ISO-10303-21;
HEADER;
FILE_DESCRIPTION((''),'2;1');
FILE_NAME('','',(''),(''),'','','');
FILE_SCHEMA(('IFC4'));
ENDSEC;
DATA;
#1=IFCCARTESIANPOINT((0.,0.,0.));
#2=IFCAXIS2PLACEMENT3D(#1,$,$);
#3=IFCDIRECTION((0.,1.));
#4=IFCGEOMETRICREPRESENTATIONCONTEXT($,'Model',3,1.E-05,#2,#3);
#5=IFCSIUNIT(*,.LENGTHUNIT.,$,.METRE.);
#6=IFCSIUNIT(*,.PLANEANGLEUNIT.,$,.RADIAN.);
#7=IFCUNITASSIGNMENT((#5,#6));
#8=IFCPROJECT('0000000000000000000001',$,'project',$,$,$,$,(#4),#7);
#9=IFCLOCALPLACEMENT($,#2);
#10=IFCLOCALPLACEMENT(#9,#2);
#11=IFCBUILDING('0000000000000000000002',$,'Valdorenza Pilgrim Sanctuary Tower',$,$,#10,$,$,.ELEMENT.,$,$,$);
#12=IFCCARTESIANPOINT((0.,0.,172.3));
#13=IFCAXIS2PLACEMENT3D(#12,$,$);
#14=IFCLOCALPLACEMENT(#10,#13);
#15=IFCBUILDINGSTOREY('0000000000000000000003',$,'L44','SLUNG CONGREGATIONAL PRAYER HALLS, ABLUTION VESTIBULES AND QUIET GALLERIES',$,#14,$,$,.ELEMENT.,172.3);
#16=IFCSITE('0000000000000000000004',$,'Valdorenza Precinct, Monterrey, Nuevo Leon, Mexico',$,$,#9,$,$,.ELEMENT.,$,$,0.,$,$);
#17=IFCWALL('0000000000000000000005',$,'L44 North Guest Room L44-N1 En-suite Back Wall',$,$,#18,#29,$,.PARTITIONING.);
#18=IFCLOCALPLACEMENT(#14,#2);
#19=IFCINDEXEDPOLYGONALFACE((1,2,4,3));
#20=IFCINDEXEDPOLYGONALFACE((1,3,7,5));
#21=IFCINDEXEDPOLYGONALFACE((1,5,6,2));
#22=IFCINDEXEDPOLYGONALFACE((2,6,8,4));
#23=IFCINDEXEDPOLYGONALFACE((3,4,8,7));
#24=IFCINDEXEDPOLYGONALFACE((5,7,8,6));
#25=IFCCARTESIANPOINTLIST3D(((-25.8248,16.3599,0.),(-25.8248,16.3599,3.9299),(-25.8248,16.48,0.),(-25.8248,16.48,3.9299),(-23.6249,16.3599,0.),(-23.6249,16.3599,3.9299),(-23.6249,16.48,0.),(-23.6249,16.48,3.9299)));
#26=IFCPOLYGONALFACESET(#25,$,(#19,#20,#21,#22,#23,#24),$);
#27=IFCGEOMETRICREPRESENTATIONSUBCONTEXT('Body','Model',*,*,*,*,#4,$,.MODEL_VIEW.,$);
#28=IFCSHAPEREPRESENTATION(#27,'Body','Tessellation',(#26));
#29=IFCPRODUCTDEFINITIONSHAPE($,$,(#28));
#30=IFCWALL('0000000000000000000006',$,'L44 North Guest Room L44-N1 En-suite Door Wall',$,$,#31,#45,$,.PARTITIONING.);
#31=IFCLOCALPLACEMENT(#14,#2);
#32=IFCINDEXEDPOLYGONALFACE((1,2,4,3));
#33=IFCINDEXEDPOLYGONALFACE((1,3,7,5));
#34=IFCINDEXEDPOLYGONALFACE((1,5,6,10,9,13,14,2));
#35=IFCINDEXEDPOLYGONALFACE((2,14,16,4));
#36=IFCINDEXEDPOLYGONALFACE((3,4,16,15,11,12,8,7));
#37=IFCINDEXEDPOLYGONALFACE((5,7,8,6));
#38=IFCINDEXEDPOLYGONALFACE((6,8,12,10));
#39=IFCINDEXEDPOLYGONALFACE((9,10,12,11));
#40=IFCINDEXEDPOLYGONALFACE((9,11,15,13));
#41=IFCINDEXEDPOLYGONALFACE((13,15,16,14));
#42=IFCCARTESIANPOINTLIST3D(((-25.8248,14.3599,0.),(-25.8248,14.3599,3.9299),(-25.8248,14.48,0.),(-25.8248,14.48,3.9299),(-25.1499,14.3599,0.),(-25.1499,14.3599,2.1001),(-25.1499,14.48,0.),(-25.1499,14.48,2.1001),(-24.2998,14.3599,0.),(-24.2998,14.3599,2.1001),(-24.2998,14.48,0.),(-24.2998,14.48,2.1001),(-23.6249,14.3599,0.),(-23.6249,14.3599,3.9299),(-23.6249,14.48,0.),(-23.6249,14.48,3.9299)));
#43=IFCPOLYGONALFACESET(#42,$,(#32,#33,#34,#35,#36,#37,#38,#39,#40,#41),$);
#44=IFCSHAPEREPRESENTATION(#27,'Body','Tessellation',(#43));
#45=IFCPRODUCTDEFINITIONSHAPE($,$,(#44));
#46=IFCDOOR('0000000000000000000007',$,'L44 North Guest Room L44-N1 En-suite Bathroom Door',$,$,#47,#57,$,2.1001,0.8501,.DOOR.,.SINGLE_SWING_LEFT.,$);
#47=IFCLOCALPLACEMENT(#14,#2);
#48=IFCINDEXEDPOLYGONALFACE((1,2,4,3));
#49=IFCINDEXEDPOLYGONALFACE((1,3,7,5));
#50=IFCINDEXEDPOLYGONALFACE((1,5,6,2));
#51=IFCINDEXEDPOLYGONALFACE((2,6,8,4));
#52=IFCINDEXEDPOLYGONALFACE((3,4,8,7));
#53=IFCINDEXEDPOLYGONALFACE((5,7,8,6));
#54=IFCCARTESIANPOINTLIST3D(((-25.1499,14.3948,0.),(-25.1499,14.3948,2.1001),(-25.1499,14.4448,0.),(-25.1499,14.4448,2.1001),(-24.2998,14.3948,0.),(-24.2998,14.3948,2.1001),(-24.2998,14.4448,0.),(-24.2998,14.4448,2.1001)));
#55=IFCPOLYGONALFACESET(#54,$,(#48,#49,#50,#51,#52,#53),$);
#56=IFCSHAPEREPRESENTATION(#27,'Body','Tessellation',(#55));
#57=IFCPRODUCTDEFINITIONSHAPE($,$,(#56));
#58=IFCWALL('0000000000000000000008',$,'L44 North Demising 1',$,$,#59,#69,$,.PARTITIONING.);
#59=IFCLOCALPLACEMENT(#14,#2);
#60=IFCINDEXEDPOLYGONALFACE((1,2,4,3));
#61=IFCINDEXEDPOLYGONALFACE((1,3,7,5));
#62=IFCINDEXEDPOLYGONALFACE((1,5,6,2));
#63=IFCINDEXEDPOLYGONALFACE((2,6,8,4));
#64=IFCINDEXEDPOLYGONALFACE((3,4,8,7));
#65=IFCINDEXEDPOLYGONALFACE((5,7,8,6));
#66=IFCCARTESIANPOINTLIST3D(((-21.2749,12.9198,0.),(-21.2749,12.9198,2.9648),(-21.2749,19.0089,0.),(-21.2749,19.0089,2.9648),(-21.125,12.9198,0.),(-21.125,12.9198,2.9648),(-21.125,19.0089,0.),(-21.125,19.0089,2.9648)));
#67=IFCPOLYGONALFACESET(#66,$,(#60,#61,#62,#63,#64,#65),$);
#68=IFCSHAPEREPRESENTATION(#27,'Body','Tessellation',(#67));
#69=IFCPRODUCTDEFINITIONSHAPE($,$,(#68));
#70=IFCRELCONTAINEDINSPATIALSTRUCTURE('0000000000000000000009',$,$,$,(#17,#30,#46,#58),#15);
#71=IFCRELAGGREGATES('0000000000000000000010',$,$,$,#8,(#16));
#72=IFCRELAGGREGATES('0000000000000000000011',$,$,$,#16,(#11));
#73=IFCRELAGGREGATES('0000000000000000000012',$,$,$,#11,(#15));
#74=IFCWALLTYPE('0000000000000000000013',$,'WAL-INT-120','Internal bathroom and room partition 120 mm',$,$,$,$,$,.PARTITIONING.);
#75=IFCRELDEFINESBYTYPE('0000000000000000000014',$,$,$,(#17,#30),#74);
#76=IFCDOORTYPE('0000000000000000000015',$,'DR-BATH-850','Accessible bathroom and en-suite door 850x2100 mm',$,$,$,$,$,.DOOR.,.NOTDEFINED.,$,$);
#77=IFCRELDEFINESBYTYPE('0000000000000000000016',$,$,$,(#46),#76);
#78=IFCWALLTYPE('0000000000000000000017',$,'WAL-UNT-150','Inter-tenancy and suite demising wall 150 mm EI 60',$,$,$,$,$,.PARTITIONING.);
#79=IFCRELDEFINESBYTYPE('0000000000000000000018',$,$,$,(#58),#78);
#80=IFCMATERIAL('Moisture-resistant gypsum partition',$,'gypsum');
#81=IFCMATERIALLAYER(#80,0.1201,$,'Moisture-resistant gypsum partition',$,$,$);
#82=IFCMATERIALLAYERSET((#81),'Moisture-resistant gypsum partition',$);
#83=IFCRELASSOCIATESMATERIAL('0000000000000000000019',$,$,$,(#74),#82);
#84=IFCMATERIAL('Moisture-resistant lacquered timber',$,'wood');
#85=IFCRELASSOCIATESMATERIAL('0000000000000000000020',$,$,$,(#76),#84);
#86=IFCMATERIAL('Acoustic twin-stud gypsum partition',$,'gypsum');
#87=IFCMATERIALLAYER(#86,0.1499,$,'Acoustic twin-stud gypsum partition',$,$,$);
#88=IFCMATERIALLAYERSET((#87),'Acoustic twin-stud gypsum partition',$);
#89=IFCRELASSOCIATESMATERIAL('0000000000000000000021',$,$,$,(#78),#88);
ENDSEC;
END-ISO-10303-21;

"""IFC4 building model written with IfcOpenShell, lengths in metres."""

from ifc_helpers import new_model, si_unit, direction, frame, frame_2d, origin, place, context, subcontext, project, spatial, rectangle, extrude, material, layer, layer_set, type_object, element, fill, save


model = new_model("IFC4")

# Units and contexts
model_context = context("Model", 3, precision=1e-05, world=origin(), true_north=direction((0.0, 1.0)))
body_context = subcontext(model_context, "Body", "Model", "MODEL_VIEW")
ifc_project = project(units=[si_unit("LENGTHUNIT", "METRE"), si_unit("PLANEANGLEUNIT", "RADIAN")], contexts=[model_context])

# Site, building, storey
site_placement = place(None, origin())
site = spatial("IfcSite", under=ifc_project, at=site_placement, Name="Valdorenza Precinct, Monterrey, Nuevo Leon, Mexico", CompositionType="ELEMENT", RefElevation=0.0)
building_placement = place(site_placement, origin())
building = spatial("IfcBuilding", under=site, at=building_placement, Name="Valdorenza Pilgrim Sanctuary Tower", CompositionType="ELEMENT")
storey_placement = place(building_placement, frame((0.0, 0.0, 172.3)))
storey = spatial("IfcBuildingStorey", under=building, at=storey_placement, Name="L44", Description="SLUNG CONGREGATIONAL PRAYER HALLS, ABLUTION VESTIBULES AND QUIET GALLERIES", CompositionType="ELEMENT", Elevation=172.3)

# Shared definitions
ifc_material_1 = material(Name="Acoustic twin-stud gypsum partition", Category="gypsum")

# Wall
ifc_material_2 = material(Name="Moisture-resistant gypsum partition", Category="gypsum")
ifc_layer_1 = layer(ifc_material_2, 0.1201, Name="Moisture-resistant gypsum partition")
ifc_layer_set_1 = layer_set([ifc_layer_1], Name="Moisture-resistant gypsum partition")
wall_type_1 = type_object("IfcWallType", Name="WAL-INT-120", Description="Internal bathroom and room partition 120 mm", PredefinedType="PARTITIONING", material=ifc_layer_set_1)
wall_1_placement = place(storey_placement, frame((-25.825, 16.4199, 0.0), z_axis=(0.0, 0.0, 1.0), x_axis=(1.0, 0.0, 0.0)))
element("IfcWall", 1, at=wall_1_placement, inside=storey, type_object=wall_type_1, Name="L44 North Guest Room L44-N1 En-suite Back Wall", PredefinedType="PARTITIONING", context=body_context, shape_type="SweptSolid", body=[
    extrude(rectangle(XDim=2.2, YDim=0.1201, at=frame_2d((1.1001, 0.0))), origin(), (0.0, 0.0, 1.0), 3.9299),
])

# Wall, opening, door
wall_2_placement = place(storey_placement, frame((-25.825, 14.4199, 0.0), z_axis=(0.0, 0.0, 1.0), x_axis=(1.0, 0.0, 0.0)))
wall_2 = element("IfcWall", 2, at=wall_2_placement, inside=storey, type_object=wall_type_1, Name="L44 North Guest Room L44-N1 En-suite Door Wall", PredefinedType="PARTITIONING", context=body_context, shape_type="SweptSolid", body=[
    extrude(rectangle(XDim=2.2, YDim=0.1201, at=frame_2d((1.1001, 0.0))), origin(), (0.0, 0.0, 1.0), 3.9299),
])
opening_1_placement = place(wall_2_placement, frame((0.675, 0.0, 0.0)))
opening_1 = element("IfcOpeningElement", 3, at=opening_1_placement, cuts=wall_2, PredefinedType="OPENING", context=body_context, shape_type="SweptSolid", body=[
    extrude(rectangle(XDim=0.8501, YDim=2.1001, at=frame_2d((0.425, 1.05))), frame((0.0, 0.075, 0.0), z_axis=(0.0, -1.0, 0.0), x_axis=(1.0, 0.0, 0.0)), (0.0, 0.0, 1.0), 0.1499),
])
ifc_material_3 = material(Name="Moisture-resistant lacquered timber", Category="wood")
door_type_1 = type_object("IfcDoorType", Name="DR-BATH-850", Description="Accessible bathroom and en-suite door 850x2100 mm", OperationType="NOTDEFINED", PredefinedType="DOOR", material=ifc_material_3)
door_1_placement = place(opening_1_placement, origin())
door_1 = element("IfcDoor", 4, at=door_1_placement, inside=storey, type_object=door_type_1, Name="L44 North Guest Room L44-N1 En-suite Bathroom Door", OperationType="SINGLE_SWING_LEFT", OverallHeight=2.1001, OverallWidth=0.8501, PredefinedType="DOOR", context=body_context, shape_type="SweptSolid", body=[
    extrude(rectangle(XDim=0.8501, YDim=2.1001, at=frame_2d((0.425, 1.05))), frame((0.0, 0.0249, 0.0), z_axis=(0.0, -1.0, 0.0), x_axis=(1.0, 0.0, 0.0)), (0.0, 0.0, 1.0), 0.05),
])
fill(opening_1, door_1)

# Wall
ifc_layer_2 = layer(ifc_material_1, 0.1499, Name="Acoustic twin-stud gypsum partition")
ifc_layer_set_2 = layer_set([ifc_layer_2], Name="Acoustic twin-stud gypsum partition")
wall_type_2 = type_object("IfcWallType", Name="WAL-UNT-150", Description="Inter-tenancy and suite demising wall 150 mm EI 60", PredefinedType="PARTITIONING", material=ifc_layer_set_2)
wall_3_placement = place(storey_placement, frame((-21.2, 12.9199, 0.0), z_axis=(0.0, 0.0, 1.0), x_axis=(0.0, 1.0, 0.0)))
element("IfcWall", 5, at=wall_3_placement, inside=storey, type_object=wall_type_2, Name="L44 North Demising 1", PredefinedType="PARTITIONING", context=body_context, shape_type="SweptSolid", body=[
    extrude(rectangle(XDim=6.0891, YDim=0.1499, at=frame_2d((3.0444, 0.0))), origin(), (0.0, 0.0, 1.0), 2.9648),
])

save(model, "model.ifc")
